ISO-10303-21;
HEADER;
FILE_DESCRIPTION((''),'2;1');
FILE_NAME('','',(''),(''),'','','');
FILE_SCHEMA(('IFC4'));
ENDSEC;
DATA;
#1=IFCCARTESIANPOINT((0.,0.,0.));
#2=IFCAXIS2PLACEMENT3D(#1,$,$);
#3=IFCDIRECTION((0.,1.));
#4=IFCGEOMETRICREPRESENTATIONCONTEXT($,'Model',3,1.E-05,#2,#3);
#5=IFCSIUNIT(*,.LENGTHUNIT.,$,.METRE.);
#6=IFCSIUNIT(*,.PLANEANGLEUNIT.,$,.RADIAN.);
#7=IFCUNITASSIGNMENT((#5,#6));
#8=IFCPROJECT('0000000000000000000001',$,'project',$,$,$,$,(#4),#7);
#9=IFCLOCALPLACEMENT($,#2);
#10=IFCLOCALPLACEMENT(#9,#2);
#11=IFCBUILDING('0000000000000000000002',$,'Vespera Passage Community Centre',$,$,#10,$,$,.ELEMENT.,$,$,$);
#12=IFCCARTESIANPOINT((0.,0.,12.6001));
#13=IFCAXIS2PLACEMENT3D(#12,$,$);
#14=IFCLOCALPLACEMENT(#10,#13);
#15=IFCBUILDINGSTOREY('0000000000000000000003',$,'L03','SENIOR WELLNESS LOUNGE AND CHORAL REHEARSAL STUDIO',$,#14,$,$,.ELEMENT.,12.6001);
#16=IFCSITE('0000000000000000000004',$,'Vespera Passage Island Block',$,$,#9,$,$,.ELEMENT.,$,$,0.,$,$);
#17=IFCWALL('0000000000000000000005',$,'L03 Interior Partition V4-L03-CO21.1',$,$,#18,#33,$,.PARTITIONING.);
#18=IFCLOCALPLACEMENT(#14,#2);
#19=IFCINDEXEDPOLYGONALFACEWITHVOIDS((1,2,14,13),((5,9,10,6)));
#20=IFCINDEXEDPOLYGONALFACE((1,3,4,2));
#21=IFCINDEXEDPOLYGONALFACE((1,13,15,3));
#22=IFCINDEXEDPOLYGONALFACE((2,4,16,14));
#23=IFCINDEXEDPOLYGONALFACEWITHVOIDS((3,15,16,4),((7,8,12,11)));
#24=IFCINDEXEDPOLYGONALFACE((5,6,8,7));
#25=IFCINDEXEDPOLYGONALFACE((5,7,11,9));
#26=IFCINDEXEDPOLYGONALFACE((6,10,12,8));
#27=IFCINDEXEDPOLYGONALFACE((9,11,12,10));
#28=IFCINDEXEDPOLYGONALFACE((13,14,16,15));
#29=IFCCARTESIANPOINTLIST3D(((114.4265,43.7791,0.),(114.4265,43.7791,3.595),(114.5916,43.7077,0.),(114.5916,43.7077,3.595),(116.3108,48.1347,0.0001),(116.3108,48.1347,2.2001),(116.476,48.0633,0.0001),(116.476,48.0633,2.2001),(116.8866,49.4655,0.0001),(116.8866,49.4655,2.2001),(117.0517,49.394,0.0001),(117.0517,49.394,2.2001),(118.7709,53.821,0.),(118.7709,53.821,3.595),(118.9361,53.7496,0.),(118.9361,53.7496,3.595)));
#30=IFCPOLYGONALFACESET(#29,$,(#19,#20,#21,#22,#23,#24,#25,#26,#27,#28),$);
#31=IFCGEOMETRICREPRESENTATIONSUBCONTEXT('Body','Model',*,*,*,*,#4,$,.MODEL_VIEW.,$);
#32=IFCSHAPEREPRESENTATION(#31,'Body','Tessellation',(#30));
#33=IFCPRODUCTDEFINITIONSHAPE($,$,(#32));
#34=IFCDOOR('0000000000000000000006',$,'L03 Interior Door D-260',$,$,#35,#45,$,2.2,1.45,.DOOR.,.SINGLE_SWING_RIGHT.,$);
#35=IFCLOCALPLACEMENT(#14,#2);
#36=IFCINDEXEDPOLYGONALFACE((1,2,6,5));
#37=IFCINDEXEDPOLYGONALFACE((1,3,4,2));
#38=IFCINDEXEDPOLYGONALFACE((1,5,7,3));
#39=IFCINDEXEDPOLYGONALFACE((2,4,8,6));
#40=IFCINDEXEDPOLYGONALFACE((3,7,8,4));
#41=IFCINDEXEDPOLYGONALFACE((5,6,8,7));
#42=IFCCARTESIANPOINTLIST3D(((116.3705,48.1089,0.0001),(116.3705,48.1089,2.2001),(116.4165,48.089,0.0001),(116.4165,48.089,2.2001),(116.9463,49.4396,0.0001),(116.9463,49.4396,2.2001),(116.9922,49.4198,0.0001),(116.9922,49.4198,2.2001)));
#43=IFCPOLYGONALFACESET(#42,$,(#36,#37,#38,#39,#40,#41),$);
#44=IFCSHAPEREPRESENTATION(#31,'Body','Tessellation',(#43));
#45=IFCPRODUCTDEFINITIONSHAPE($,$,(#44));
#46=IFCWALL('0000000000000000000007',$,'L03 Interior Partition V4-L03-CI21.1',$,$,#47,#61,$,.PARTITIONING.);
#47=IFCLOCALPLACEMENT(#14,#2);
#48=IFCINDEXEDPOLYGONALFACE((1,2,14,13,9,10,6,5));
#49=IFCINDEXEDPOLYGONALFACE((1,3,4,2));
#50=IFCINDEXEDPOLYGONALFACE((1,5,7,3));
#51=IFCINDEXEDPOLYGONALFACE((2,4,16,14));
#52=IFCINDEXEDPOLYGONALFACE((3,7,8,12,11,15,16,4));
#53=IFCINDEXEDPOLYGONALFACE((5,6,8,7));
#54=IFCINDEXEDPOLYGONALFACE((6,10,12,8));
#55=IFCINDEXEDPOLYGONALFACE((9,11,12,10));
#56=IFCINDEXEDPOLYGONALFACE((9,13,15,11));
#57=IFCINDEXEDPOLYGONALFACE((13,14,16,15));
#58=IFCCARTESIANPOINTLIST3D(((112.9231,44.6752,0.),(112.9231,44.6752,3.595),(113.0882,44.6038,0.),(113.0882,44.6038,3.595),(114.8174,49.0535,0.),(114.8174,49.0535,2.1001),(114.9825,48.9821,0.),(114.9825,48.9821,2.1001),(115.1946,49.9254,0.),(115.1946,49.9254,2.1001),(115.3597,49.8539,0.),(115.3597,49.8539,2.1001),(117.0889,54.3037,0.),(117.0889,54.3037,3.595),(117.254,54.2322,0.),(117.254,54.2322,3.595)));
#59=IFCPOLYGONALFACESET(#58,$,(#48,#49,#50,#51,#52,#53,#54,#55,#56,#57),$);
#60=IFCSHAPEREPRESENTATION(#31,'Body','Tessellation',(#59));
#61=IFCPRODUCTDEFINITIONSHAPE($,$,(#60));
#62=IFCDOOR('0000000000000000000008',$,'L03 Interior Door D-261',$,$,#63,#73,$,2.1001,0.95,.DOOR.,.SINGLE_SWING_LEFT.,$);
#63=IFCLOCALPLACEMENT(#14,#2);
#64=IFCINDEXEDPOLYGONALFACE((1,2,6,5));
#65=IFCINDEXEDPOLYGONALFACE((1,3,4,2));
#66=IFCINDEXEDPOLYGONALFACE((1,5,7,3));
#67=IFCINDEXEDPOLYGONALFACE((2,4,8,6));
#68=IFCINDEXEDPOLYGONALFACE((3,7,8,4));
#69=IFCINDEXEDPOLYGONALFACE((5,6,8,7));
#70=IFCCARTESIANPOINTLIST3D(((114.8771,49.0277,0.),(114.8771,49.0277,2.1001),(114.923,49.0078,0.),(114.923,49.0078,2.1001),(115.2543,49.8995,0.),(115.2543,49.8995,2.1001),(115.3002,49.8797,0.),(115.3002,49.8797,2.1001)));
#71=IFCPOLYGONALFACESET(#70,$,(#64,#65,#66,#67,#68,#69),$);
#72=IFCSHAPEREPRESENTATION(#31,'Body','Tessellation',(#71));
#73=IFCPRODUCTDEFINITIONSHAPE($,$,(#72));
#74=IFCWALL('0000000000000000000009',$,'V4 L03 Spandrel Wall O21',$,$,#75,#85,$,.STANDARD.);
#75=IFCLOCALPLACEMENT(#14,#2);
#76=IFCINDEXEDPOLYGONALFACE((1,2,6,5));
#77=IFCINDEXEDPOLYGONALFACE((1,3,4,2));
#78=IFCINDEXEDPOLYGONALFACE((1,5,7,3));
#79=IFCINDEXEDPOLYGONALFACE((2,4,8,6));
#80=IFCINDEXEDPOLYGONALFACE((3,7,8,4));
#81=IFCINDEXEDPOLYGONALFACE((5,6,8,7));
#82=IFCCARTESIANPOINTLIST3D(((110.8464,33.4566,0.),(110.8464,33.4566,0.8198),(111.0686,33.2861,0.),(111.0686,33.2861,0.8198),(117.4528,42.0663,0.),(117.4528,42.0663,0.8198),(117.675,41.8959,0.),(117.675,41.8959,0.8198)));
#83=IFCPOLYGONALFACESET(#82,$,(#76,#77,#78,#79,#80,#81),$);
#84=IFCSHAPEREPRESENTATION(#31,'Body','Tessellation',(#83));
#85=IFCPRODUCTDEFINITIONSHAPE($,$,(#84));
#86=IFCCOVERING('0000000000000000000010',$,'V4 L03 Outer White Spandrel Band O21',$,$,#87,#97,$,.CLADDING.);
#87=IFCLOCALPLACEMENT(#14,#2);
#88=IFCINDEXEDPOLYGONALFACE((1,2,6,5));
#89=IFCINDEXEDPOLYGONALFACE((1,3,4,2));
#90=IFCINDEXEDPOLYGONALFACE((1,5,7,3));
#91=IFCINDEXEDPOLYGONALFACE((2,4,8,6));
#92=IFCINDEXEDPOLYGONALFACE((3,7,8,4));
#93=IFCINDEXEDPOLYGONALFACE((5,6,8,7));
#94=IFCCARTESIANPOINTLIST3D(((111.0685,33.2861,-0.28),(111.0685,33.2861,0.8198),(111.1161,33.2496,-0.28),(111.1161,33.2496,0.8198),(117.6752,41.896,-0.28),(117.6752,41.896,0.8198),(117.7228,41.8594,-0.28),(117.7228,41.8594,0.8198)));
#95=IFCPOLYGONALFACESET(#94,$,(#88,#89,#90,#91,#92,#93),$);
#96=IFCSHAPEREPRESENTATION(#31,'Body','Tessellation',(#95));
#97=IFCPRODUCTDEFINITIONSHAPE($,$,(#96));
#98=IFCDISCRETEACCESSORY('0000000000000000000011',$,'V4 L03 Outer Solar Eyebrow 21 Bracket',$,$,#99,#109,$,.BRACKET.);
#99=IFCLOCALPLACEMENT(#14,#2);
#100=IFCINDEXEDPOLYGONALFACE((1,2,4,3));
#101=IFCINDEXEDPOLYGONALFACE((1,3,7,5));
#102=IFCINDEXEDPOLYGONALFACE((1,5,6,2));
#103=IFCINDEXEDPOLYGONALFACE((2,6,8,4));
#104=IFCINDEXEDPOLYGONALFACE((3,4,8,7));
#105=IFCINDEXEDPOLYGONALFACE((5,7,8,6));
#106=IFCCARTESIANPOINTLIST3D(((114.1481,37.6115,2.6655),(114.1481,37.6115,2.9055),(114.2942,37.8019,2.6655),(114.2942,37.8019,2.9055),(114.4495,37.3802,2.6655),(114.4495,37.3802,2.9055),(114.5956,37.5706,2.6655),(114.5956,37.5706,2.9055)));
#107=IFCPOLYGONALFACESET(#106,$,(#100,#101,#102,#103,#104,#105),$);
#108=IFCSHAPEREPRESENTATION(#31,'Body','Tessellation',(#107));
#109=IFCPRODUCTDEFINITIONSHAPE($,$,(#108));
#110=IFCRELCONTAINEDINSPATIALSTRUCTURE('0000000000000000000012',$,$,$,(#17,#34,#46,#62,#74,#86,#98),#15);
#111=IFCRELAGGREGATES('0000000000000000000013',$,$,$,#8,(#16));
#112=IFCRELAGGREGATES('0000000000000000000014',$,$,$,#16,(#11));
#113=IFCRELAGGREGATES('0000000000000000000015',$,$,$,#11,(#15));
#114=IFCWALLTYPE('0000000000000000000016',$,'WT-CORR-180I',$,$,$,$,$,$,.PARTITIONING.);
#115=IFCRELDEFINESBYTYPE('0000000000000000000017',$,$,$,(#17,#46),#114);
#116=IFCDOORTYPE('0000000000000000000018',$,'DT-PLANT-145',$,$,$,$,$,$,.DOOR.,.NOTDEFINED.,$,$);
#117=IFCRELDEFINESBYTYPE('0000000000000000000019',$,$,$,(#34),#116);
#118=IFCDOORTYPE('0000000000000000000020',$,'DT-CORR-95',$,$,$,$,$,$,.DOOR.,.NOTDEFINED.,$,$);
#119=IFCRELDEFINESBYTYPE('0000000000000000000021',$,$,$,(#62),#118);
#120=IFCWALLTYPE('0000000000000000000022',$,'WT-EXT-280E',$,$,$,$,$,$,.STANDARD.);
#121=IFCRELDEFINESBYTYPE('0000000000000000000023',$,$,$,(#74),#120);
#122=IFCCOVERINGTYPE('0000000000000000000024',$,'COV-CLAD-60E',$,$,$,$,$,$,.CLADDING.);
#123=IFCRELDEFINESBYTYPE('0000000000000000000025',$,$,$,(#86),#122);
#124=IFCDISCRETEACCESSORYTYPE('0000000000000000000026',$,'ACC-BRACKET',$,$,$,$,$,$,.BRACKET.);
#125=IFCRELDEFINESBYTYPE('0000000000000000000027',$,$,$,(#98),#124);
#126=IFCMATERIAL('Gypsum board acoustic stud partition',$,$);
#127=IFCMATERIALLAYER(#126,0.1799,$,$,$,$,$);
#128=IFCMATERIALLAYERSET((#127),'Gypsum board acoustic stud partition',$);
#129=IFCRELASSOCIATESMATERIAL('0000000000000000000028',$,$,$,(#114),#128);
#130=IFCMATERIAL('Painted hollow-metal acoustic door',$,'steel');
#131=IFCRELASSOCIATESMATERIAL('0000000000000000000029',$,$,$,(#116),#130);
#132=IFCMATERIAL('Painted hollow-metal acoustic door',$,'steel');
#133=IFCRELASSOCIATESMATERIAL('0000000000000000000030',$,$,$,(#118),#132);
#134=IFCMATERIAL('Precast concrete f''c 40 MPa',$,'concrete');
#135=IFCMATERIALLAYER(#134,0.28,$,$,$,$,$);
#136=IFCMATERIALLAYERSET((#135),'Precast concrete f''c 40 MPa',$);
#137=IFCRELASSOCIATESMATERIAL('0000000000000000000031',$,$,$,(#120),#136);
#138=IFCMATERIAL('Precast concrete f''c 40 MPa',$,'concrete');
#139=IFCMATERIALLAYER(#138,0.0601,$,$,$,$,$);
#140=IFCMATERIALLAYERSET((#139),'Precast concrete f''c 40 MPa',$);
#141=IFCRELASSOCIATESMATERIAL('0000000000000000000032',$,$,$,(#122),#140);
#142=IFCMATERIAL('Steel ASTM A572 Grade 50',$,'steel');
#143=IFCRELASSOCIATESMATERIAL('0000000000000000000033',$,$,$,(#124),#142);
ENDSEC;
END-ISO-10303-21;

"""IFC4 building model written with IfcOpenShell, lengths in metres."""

from ifc_helpers import new_model, si_unit, direction, frame, frame_2d, origin, origin_2d, place, context, subcontext, project, spatial, rectangle, extrude, material, layer, layer_set, type_object, element, fill, save


model = new_model("IFC4")

# Units and contexts
model_context = context("Model", 3, precision=1e-05, world=origin(), true_north=direction((0.0, 1.0)))
body_context = subcontext(model_context, "Body", "Model", "MODEL_VIEW")
ifc_project = project(units=[si_unit("LENGTHUNIT", "METRE"), si_unit("PLANEANGLEUNIT", "RADIAN")], contexts=[model_context])

# Site, building, storey
site_placement = place(None, origin())
site = spatial("IfcSite", under=ifc_project, at=site_placement, Name="Vespera Passage Island Block", CompositionType="ELEMENT", RefElevation=0.0)
building_placement = place(site_placement, origin())
building = spatial("IfcBuilding", under=site, at=building_placement, Name="Vespera Passage Community Centre", CompositionType="ELEMENT")
storey_placement = place(building_placement, frame((0.0, 0.0, 12.6001)))
storey = spatial("IfcBuildingStorey", under=building, at=storey_placement, Name="L03", Description="SENIOR WELLNESS LOUNGE AND CHORAL REHEARSAL STUDIO", CompositionType="ELEMENT", Elevation=12.6001)

# Walls, openings, doors
ifc_material_1 = material(Name="Gypsum board acoustic stud partition")
ifc_layer_1 = layer(ifc_material_1, 0.1799)
ifc_layer_set_1 = layer_set([ifc_layer_1], Name="Gypsum board acoustic stud partition")
wall_type_1 = type_object("IfcWallType", Name="WT-CORR-180I", PredefinedType="PARTITIONING", material=ifc_layer_set_1)
wall_1_placement = place(storey_placement, frame((114.509, 43.7434, 0.0), z_axis=(0.0, 0.0, 1.0), x_axis=(0.397065, 0.91779, 0.0)))
wall_1 = element("IfcWall", 1, at=wall_1_placement, inside=storey, type_object=wall_type_1, Name="L03 Interior Partition V4-L03-CO21.1", PredefinedType="PARTITIONING", context=body_context, shape_type="SweptSolid", body=[
    extrude(rectangle(XDim=10.9414, YDim=0.1799, at=frame_2d((5.4707, 0.0))), origin(), (0.0, 0.0, 1.0), 3.595),
])
opening_1_placement = place(wall_1_placement, frame((4.7456, 0.0, 0.0)))
opening_1 = element("IfcOpeningElement", 2, at=opening_1_placement, cuts=wall_1, PredefinedType="OPENING", context=body_context, shape_type="SweptSolid", body=[
    extrude(rectangle(XDim=1.45, YDim=2.2, at=frame_2d((0.7251, 1.1001))), frame((0.0, 0.0999, 0.0), z_axis=(0.0, -1.0, 0.0), x_axis=(1.0, 0.0, 0.0)), (0.0, 0.0, 1.0), 0.2),
])
ifc_material_2 = material(Name="Painted hollow-metal acoustic door", Category="steel")
door_type_1 = type_object("IfcDoorType", Name="DT-PLANT-145", OperationType="NOTDEFINED", PredefinedType="DOOR", material=ifc_material_2)
door_1_placement = place(opening_1_placement, origin())
door_1 = element("IfcDoor", 3, at=door_1_placement, inside=storey, type_object=door_type_1, Name="L03 Interior Door D-260", OperationType="SINGLE_SWING_RIGHT", OverallHeight=2.2, OverallWidth=1.45, PredefinedType="DOOR", context=body_context, shape_type="SweptSolid", body=[
    extrude(rectangle(XDim=1.45, YDim=2.2, at=frame_2d((0.7251, 1.1001))), frame((0.0, 0.0249, 0.0), z_axis=(0.0, -1.0, 0.0), x_axis=(1.0, 0.0, 0.0)), (0.0, 0.0, 1.0), 0.05),
])
fill(opening_1, door_1)
wall_2_placement = place(storey_placement, frame((113.0056, 44.6394, 0.0), z_axis=(0.0, 0.0, 1.0), x_axis=(0.397082, 0.917783, 0.0)))
wall_2 = element("IfcWall", 4, at=wall_2_placement, inside=storey, type_object=wall_type_1, Name="L03 Interior Partition V4-L03-CI21.1", PredefinedType="PARTITIONING", context=body_context, shape_type="SweptSolid", body=[
    extrude(rectangle(XDim=10.491, YDim=0.1799, at=frame_2d((5.2456, 0.0))), origin(), (0.0, 0.0, 1.0), 3.595),
])
opening_2_placement = place(wall_2_placement, frame((4.7705, 0.0, 0.0)))
opening_2 = element("IfcOpeningElement", 5, at=opening_2_placement, cuts=wall_2, PredefinedType="OPENING", context=body_context, shape_type="SweptSolid", body=[
    extrude(rectangle(XDim=0.95, YDim=2.1001, at=frame_2d((0.4751, 1.05))), frame((0.0, 0.0999, 0.0), z_axis=(0.0, -1.0, 0.0), x_axis=(1.0, 0.0, 0.0)), (0.0, 0.0, 1.0), 0.2),
])
ifc_material_3 = material(Name="Painted hollow-metal acoustic door", Category="steel")
door_type_2 = type_object("IfcDoorType", Name="DT-CORR-95", OperationType="NOTDEFINED", PredefinedType="DOOR", material=ifc_material_3)
door_2_placement = place(opening_2_placement, origin())
door_2 = element("IfcDoor", 6, at=door_2_placement, inside=storey, type_object=door_type_2, Name="L03 Interior Door D-261", OperationType="SINGLE_SWING_LEFT", OverallHeight=2.1001, OverallWidth=0.95, PredefinedType="DOOR", context=body_context, shape_type="SweptSolid", body=[
    extrude(rectangle(XDim=0.95, YDim=2.1001, at=frame_2d((0.4751, 1.05))), frame((0.0, 0.0249, 0.0), z_axis=(0.0, -1.0, 0.0), x_axis=(1.0, 0.0, 0.0)), (0.0, 0.0, 1.0), 0.05),
])
fill(opening_2, door_2)

# Wall
ifc_material_4 = material(Name="Precast concrete f'c 40 MPa", Category="concrete")
ifc_layer_2 = layer(ifc_material_4, 0.28)
ifc_layer_set_2 = layer_set([ifc_layer_2], Name="Precast concrete f'c 40 MPa")
wall_type_2 = type_object("IfcWallType", Name="WT-EXT-280E", PredefinedType="STANDARD", material=ifc_layer_set_2)
wall_3_placement = place(storey_placement, frame((117.564, 41.9812, 0.0), z_axis=(0.0, 0.0, 1.0), x_axis=(-0.608754, -0.793359, 0.0)))
element("IfcWall", 7, at=wall_3_placement, inside=storey, type_object=wall_type_2, Name="V4 L03 Spandrel Wall O21", PredefinedType="STANDARD", context=body_context, shape_type="SweptSolid", body=[
    extrude(rectangle(XDim=10.8523, YDim=0.28, at=frame_2d((5.4263, 0.0))), origin(), (0.0, 0.0, 1.0), 0.8198),
])

# Covering
ifc_material_5 = material(Name="Precast concrete f'c 40 MPa", Category="concrete")
ifc_layer_3 = layer(ifc_material_5, 0.0601)
ifc_layer_set_3 = layer_set([ifc_layer_3], Name="Precast concrete f'c 40 MPa")
covering_type = type_object("IfcCoveringType", Name="COV-CLAD-60E", PredefinedType="CLADDING", material=ifc_layer_set_3)
covering_placement = place(storey_placement, frame((117.699, 41.8777, -0.28), z_axis=(0.0, 0.0, 1.0), x_axis=(-0.608768, -0.793348, 0.0)))
element("IfcCovering", 8, at=covering_placement, inside=storey, type_object=covering_type, Name="V4 L03 Outer White Spandrel Band O21", PredefinedType="CLADDING", context=body_context, shape_type="SweptSolid", body=[
    extrude(rectangle(XDim=10.8525, YDim=0.0601, at=frame_2d((5.4263, 0.0))), origin(), (0.0, 0.0, 1.0), 1.0999),
])

# Discrete accessory
ifc_material_6 = material(Name="Steel ASTM A572 Grade 50", Category="steel")
discrete_accessory_type = type_object("IfcDiscreteAccessoryType", Name="ACC-BRACKET", PredefinedType="BRACKET", material=ifc_material_6)
discrete_accessory_placement = place(storey_placement, frame((114.3718, 37.5911, 2.6655), z_axis=(0.0, 0.0, 1.0), x_axis=(-0.608761, -0.793353, 0.0)))
element("IfcDiscreteAccessory", 9, at=discrete_accessory_placement, inside=storey, type_object=discrete_accessory_type, Name="V4 L03 Outer Solar Eyebrow 21 Bracket", PredefinedType="BRACKET", context=body_context, shape_type="SweptSolid", body=[
    extrude(rectangle(XDim=0.24, YDim=0.3799, at=origin_2d()), origin(), (0.0, 0.0, 1.0), 0.24),
])

save(model, "model.ifc")
